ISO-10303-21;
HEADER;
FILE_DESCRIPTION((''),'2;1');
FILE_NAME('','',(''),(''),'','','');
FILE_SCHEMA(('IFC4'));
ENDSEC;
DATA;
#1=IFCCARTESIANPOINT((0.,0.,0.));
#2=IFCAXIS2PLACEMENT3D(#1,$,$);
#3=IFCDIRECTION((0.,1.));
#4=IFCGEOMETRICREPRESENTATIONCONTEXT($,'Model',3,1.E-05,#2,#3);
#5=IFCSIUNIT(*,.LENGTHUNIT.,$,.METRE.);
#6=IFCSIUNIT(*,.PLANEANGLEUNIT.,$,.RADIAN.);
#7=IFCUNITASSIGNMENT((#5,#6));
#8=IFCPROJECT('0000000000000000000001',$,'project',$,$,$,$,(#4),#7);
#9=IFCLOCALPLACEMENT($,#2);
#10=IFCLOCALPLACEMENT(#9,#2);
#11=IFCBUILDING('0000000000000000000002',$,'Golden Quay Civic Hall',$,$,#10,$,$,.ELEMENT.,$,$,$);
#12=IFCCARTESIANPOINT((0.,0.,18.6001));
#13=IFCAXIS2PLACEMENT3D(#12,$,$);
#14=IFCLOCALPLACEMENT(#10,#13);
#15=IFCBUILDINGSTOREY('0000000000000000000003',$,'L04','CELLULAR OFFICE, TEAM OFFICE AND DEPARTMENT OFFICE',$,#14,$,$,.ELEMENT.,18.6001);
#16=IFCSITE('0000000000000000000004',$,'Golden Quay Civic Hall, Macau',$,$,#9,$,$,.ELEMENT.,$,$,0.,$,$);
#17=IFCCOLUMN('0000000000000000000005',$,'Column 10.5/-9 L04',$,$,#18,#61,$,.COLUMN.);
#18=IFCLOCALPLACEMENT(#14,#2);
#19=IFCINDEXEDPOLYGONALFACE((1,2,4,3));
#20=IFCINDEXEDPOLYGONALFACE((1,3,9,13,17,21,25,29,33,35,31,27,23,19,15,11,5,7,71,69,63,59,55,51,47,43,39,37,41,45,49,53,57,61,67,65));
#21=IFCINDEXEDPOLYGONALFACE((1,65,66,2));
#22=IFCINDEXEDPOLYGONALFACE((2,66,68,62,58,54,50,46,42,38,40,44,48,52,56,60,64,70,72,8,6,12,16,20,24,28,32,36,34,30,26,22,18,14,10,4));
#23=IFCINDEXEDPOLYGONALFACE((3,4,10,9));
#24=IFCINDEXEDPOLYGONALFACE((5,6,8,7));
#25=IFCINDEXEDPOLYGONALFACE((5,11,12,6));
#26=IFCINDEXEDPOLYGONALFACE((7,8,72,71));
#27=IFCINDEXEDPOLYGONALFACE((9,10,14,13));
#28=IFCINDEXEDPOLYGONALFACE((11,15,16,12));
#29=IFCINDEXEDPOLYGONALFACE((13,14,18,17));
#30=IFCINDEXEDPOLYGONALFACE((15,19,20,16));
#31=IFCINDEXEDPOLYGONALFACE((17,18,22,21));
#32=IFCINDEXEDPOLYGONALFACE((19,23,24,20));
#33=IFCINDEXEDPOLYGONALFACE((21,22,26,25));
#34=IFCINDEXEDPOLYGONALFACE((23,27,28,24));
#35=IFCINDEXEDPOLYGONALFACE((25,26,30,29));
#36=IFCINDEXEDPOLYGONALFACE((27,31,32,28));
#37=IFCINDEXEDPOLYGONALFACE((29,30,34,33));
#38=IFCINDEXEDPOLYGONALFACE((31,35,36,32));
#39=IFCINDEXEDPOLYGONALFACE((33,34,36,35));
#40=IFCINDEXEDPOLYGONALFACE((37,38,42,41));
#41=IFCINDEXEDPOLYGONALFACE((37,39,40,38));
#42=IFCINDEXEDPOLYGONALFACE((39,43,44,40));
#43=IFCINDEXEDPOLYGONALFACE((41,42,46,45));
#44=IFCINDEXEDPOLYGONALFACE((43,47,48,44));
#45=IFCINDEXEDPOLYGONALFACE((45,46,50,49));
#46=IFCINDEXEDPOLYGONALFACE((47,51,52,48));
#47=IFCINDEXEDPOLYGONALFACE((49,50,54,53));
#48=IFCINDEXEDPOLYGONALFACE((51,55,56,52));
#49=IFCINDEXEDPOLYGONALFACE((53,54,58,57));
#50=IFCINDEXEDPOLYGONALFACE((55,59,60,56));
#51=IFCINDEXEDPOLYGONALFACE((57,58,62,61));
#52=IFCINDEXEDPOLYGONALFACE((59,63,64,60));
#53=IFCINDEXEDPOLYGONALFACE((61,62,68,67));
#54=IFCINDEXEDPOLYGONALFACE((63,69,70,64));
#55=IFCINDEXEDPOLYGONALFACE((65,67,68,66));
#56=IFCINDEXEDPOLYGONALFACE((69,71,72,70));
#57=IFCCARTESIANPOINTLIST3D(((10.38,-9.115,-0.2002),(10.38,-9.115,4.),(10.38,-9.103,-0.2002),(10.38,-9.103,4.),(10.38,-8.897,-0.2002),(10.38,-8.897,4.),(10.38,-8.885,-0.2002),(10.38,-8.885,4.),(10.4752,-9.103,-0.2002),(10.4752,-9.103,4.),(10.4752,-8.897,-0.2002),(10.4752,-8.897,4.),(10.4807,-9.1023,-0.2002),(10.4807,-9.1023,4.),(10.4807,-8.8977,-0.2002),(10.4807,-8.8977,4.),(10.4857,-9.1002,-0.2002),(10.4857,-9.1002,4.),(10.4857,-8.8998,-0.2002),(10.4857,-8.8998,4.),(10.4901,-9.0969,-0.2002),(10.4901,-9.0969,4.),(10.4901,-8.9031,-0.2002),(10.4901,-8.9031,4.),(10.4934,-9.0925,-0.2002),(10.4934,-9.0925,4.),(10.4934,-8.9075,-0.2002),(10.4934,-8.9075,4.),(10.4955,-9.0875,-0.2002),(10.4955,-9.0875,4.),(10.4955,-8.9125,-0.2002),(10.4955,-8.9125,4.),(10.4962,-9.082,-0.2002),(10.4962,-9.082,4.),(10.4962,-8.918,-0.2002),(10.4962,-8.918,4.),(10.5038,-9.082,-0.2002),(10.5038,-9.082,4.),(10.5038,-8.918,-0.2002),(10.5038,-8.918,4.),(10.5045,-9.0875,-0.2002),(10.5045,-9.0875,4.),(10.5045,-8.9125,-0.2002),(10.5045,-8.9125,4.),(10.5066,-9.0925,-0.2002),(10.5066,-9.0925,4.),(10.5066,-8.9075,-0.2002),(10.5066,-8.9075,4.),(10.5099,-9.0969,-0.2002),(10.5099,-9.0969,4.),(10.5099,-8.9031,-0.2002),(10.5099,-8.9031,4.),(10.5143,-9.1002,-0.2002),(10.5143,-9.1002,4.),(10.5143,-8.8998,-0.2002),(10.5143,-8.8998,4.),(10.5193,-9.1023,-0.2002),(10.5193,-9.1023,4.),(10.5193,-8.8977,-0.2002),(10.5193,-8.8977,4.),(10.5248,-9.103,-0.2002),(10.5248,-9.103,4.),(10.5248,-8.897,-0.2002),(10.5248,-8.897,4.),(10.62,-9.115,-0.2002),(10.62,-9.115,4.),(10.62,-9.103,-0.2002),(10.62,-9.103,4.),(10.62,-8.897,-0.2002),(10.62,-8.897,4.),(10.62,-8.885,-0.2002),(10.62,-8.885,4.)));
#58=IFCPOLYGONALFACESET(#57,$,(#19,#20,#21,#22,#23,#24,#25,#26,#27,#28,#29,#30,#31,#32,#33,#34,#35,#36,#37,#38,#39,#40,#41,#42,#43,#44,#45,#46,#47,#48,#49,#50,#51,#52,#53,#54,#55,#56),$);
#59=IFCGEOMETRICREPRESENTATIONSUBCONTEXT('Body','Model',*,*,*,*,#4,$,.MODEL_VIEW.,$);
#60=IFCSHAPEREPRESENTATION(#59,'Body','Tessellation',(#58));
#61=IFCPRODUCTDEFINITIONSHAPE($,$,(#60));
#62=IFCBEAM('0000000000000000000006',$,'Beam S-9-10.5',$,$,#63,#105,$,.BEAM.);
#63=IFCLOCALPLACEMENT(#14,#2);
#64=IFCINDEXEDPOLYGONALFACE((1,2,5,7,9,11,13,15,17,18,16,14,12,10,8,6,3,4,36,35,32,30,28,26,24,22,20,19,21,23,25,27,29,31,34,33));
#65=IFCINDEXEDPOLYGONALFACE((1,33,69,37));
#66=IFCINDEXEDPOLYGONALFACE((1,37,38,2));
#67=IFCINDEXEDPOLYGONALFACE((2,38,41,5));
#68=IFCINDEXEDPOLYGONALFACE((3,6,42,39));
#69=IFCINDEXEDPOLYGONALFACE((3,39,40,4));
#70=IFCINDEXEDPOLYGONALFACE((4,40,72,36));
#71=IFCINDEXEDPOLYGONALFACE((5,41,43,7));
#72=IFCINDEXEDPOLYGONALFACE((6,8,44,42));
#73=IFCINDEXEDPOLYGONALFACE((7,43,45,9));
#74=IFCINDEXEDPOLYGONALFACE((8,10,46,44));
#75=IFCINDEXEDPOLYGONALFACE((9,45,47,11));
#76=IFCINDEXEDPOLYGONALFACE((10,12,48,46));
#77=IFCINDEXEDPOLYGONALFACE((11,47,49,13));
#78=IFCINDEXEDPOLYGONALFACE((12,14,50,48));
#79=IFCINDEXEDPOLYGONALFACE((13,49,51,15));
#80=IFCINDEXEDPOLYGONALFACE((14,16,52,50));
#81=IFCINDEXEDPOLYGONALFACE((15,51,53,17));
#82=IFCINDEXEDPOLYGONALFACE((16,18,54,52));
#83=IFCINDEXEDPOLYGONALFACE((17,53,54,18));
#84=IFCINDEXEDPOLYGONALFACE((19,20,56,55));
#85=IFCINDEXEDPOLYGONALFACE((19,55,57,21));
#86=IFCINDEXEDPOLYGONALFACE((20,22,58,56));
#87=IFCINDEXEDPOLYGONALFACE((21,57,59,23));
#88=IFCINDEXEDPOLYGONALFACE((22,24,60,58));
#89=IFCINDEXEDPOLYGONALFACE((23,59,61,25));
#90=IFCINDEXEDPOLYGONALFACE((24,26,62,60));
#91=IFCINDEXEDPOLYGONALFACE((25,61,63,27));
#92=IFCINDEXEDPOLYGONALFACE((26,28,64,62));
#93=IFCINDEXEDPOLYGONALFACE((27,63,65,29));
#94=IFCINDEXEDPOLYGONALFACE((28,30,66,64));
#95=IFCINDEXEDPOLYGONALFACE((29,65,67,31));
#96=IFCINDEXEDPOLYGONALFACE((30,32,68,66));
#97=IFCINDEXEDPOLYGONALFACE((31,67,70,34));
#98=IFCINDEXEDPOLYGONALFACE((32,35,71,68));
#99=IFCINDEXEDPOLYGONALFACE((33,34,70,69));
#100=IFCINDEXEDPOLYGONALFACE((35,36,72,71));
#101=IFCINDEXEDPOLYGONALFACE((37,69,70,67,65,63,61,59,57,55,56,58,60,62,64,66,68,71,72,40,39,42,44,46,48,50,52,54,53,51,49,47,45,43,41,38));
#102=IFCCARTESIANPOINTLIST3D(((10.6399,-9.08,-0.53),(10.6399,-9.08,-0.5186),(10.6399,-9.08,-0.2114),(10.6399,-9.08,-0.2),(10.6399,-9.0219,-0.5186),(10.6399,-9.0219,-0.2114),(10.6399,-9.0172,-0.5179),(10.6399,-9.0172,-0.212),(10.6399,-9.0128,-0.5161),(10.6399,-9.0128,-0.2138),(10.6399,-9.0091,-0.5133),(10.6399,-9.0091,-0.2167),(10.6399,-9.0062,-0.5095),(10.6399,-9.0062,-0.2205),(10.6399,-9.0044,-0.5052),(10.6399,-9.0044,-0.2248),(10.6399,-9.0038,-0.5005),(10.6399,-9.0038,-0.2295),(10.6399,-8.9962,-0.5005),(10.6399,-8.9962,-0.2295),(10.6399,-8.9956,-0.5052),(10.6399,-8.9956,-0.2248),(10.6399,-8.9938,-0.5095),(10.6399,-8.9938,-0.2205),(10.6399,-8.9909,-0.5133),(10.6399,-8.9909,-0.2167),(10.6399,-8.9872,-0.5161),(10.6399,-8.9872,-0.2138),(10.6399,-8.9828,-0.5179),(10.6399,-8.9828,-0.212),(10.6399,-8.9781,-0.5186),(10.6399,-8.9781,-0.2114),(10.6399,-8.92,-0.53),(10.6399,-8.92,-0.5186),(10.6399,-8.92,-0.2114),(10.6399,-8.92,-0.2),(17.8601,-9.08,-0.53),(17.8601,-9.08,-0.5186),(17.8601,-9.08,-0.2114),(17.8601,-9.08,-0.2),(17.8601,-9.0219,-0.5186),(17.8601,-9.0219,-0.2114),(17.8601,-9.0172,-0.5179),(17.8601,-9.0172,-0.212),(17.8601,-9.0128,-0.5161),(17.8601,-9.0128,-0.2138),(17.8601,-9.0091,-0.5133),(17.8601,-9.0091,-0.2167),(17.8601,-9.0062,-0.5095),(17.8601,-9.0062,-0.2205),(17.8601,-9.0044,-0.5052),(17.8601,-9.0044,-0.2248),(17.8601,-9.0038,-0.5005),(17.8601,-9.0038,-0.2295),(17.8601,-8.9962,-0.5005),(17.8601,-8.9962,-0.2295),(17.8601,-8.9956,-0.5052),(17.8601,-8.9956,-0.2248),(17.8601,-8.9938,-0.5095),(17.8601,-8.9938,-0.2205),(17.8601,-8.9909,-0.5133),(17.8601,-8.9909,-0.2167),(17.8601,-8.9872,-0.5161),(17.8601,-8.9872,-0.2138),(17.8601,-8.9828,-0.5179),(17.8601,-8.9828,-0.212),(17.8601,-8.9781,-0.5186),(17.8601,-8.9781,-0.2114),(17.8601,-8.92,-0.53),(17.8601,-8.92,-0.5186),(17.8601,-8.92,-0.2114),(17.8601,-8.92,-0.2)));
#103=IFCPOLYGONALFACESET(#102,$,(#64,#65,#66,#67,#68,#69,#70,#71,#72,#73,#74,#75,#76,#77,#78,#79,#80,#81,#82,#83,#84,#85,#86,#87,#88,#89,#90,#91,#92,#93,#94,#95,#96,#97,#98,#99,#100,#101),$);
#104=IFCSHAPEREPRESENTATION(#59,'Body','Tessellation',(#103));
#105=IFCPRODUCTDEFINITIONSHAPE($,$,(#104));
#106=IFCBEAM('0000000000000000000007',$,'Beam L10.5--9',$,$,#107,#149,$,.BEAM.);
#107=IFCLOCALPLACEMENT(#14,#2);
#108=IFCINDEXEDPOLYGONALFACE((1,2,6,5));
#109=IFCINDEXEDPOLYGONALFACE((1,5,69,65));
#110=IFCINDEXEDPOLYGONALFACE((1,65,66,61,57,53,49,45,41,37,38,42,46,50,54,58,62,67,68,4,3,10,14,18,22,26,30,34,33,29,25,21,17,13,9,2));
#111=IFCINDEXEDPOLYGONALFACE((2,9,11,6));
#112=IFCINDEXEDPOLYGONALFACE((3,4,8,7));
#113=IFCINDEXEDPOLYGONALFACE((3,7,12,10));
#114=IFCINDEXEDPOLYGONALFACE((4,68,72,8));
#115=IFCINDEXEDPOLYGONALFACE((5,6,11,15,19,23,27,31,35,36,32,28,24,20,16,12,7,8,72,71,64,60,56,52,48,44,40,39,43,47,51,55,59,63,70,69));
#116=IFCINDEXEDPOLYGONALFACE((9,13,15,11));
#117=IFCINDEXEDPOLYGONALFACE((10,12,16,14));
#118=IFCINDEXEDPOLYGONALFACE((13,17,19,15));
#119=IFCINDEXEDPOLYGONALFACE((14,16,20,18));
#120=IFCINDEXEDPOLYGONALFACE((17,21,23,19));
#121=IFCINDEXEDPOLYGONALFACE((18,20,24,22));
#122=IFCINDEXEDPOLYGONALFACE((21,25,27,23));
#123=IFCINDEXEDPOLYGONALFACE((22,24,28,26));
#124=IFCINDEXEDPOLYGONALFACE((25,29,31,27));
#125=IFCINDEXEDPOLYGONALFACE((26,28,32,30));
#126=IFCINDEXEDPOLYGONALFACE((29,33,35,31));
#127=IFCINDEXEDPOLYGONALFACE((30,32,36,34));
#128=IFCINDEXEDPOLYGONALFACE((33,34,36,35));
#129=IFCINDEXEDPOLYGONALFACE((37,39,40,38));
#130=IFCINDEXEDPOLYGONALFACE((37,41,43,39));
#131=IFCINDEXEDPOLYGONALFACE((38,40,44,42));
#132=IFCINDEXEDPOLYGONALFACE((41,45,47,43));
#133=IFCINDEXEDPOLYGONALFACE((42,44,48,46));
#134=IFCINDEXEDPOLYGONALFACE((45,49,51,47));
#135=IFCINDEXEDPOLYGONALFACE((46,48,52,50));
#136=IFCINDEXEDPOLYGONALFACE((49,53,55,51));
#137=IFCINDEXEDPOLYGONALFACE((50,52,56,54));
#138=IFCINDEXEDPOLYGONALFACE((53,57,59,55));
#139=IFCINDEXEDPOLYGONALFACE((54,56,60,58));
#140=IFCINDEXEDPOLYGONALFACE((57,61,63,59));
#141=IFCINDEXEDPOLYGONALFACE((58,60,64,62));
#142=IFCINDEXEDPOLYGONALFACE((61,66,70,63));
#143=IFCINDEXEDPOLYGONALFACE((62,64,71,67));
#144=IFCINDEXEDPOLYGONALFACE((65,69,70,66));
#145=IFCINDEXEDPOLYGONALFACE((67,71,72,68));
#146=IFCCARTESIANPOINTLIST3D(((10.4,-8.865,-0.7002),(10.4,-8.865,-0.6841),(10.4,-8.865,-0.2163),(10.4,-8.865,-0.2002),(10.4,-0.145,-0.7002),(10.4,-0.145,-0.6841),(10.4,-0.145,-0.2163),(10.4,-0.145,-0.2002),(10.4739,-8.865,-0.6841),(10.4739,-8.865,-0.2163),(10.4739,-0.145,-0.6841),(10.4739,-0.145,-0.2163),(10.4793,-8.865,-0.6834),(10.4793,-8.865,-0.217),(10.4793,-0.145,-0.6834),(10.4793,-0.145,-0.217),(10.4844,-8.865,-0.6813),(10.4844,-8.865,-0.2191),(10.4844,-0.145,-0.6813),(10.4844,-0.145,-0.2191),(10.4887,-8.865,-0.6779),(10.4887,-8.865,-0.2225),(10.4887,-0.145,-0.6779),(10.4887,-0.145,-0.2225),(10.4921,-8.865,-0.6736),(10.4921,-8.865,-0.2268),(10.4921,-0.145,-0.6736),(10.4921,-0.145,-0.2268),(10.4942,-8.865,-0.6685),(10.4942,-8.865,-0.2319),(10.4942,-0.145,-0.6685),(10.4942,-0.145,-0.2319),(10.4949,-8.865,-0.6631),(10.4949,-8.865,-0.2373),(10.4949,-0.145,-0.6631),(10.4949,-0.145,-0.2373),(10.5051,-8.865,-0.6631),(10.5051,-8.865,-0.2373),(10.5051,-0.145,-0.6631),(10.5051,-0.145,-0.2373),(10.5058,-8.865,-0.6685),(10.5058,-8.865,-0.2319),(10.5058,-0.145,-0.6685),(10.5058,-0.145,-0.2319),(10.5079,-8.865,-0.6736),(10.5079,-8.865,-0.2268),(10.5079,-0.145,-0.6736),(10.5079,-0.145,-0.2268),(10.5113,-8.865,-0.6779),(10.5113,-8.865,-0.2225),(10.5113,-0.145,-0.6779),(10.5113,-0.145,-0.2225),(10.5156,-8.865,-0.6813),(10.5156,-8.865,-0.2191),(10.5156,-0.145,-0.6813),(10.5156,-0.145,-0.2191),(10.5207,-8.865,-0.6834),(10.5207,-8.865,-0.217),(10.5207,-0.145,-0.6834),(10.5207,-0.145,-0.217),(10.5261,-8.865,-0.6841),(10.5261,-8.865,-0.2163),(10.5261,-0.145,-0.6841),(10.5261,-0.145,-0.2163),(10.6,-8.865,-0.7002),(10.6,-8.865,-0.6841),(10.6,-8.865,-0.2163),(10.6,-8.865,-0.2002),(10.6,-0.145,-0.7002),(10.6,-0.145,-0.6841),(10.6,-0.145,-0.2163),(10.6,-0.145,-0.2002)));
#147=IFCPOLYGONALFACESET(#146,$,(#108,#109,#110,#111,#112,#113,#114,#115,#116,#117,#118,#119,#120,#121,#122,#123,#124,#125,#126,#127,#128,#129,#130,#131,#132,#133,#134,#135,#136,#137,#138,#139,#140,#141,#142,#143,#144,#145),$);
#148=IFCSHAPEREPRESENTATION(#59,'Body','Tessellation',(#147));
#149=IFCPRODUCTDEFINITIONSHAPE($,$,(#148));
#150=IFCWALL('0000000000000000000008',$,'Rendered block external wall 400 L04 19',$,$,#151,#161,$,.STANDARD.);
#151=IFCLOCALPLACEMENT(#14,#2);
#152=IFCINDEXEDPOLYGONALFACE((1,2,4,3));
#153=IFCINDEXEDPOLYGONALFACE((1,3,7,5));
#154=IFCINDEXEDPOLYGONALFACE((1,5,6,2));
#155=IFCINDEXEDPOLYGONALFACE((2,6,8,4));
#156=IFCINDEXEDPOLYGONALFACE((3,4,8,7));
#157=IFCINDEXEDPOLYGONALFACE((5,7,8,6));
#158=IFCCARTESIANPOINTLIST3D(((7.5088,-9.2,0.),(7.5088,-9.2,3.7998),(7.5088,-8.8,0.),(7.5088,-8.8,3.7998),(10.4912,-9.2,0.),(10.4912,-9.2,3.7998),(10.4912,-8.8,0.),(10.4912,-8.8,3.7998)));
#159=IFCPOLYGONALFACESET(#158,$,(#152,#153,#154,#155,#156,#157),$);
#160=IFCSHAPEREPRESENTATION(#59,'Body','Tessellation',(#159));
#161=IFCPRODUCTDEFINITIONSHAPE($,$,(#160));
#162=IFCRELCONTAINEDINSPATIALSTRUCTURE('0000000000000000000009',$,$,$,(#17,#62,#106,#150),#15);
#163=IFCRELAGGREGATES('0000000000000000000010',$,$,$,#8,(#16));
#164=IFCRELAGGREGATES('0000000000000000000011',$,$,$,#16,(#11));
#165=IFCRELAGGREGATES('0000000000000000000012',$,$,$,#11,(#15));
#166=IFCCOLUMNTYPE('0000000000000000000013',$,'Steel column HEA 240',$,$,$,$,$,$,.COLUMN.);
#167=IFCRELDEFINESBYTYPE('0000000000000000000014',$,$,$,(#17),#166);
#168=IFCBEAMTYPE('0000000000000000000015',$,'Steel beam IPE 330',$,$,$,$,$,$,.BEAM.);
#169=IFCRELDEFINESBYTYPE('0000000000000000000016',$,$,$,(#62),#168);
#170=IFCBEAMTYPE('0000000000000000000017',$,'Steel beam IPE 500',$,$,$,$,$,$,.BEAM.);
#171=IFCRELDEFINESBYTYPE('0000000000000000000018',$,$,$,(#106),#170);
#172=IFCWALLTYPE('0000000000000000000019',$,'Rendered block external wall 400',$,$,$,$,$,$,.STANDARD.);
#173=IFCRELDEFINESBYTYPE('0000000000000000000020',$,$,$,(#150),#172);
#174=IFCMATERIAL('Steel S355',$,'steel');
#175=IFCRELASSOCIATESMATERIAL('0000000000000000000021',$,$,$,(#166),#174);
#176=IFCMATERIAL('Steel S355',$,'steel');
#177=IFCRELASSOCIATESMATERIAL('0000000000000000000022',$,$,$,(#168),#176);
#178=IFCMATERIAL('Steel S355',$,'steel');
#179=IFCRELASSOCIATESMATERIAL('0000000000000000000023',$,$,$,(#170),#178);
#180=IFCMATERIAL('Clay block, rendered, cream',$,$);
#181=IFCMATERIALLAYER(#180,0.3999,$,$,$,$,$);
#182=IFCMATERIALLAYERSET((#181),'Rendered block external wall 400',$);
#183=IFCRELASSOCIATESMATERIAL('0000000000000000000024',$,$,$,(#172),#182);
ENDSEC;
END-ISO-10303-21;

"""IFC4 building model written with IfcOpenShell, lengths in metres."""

from ifc_helpers import new_model, si_unit, direction, frame, frame_2d, origin, origin_2d, place, context, subcontext, project, spatial, rectangle, i_section, extrude, material, layer, layer_set, material_profile, profile_set, type_object, element, save


model = new_model("IFC4")

# Units and contexts
model_context = context("Model", 3, precision=1e-05, world=origin(), true_north=direction((0.0, 1.0)))
body_context = subcontext(model_context, "Body", "Model", "MODEL_VIEW")
ifc_project = project(units=[si_unit("LENGTHUNIT", "METRE"), si_unit("PLANEANGLEUNIT", "RADIAN")], contexts=[model_context])

# Site, building, storey
site_placement = place(None, origin())
site = spatial("IfcSite", under=ifc_project, at=site_placement, Name="Golden Quay Civic Hall, Macau", CompositionType="ELEMENT", RefElevation=0.0)
building_placement = place(site_placement, origin())
building = spatial("IfcBuilding", under=site, at=building_placement, Name="Golden Quay Civic Hall", CompositionType="ELEMENT")
storey_placement = place(building_placement, frame((0.0, 0.0, 18.6001)))
storey = spatial("IfcBuildingStorey", under=building, at=storey_placement, Name="L04", Description="CELLULAR OFFICE, TEAM OFFICE AND DEPARTMENT OFFICE", CompositionType="ELEMENT", Elevation=18.6001)

# Column
ifc_material_1 = material(Name="Steel S355", Category="steel")
ifc_material_profile_1 = material_profile(ifc_material_1, i_section(OverallWidth=0.24, OverallDepth=0.23, WebThickness=0.0076, FlangeThickness=0.012, FilletRadius=0.021, at=origin_2d()), Name="HEA 240")
ifc_profile_set_1 = profile_set([ifc_material_profile_1], Name="Steel S355")
column_type = type_object("IfcColumnType", Name="Steel column HEA 240", PredefinedType="COLUMN", material=ifc_profile_set_1)
column_placement = place(storey_placement, frame((10.5, -9.0, -0.2002), z_axis=(0.0, 0.0, 1.0), x_axis=(1.0, 0.0, 0.0)))
element("IfcColumn", 1, at=column_placement, inside=storey, type_object=column_type, Name="Column 10.5/-9 L04", PredefinedType="COLUMN", context=body_context, shape_type="SweptSolid", body=[
    extrude(i_section(OverallWidth=0.24, OverallDepth=0.23, WebThickness=0.0076, FlangeThickness=0.012, FilletRadius=0.021, at=origin_2d()), origin(), (0.0, 0.0, 1.0), 4.2002),
])

# Beams
ifc_material_2 = material(Name="Steel S355", Category="steel")
ifc_material_profile_2 = material_profile(ifc_material_2, i_section(OverallWidth=0.1599, OverallDepth=0.3301, WebThickness=0.0076, FlangeThickness=0.0115, FilletRadius=0.0181, at=origin_2d()), Name="IPE 330")
ifc_profile_set_2 = profile_set([ifc_material_profile_2], Name="Steel S355")
beam_type_1 = type_object("IfcBeamType", Name="Steel beam IPE 330", PredefinedType="BEAM", material=ifc_profile_set_2)
beam_1_placement = place(storey_placement, frame((10.6399, -9.0, -0.365), z_axis=(1.0, 0.0, 0.0), x_axis=(0.0, 1.0, 0.0)))
element("IfcBeam", 2, at=beam_1_placement, inside=storey, type_object=beam_type_1, Name="Beam S-9-10.5", PredefinedType="BEAM", context=body_context, shape_type="SweptSolid", body=[
    extrude(i_section(OverallWidth=0.1599, OverallDepth=0.3301, WebThickness=0.0076, FlangeThickness=0.0115, FilletRadius=0.0181, at=origin_2d()), origin(), (0.0, 0.0, 1.0), 7.2202),
])
ifc_material_3 = material(Name="Steel S355", Category="steel")
ifc_material_profile_3 = material_profile(ifc_material_3, i_section(OverallWidth=0.2, OverallDepth=0.5, WebThickness=0.0103, FlangeThickness=0.0161, FilletRadius=0.021, at=origin_2d()), Name="IPE 500")
ifc_profile_set_3 = profile_set([ifc_material_profile_3], Name="Steel S355")
beam_type_2 = type_object("IfcBeamType", Name="Steel beam IPE 500", PredefinedType="BEAM", material=ifc_profile_set_3)
beam_2_placement = place(storey_placement, frame((10.5, -8.865, -0.4502), z_axis=(0.0, 1.0, 0.0), x_axis=(-1.0, 0.0, 0.0)))
element("IfcBeam", 3, at=beam_2_placement, inside=storey, type_object=beam_type_2, Name="Beam L10.5--9", PredefinedType="BEAM", context=body_context, shape_type="SweptSolid", body=[
    extrude(i_section(OverallWidth=0.2, OverallDepth=0.5, WebThickness=0.0103, FlangeThickness=0.0161, FilletRadius=0.021, at=origin_2d()), origin(), (0.0, 0.0, 1.0), 8.72),
])

# Wall
ifc_material_4 = material(Name="Clay block, rendered, cream")
ifc_layer_1 = layer(ifc_material_4, 0.3999)
ifc_layer_set_1 = layer_set([ifc_layer_1], Name="Rendered block external wall 400")
wall_type_1 = type_object("IfcWallType", Name="Rendered block external wall 400", PredefinedType="STANDARD", material=ifc_layer_set_1)
wall_1_placement = place(storey_placement, frame((10.4912, -9.0, 0.0), z_axis=(0.0, 0.0, 1.0), x_axis=(-1.0, 0.0, 0.0)))
element("IfcWall", 4, at=wall_1_placement, inside=storey, type_object=wall_type_1, Name="Rendered block external wall 400 L04 19", PredefinedType="STANDARD", context=body_context, shape_type="SweptSolid", body=[
    extrude(rectangle(XDim=2.9824, YDim=0.3999, at=frame_2d((1.4912, 0.0))), origin(), (0.0, 0.0, 1.0), 3.7998),
])

save(model, "model.ifc")
